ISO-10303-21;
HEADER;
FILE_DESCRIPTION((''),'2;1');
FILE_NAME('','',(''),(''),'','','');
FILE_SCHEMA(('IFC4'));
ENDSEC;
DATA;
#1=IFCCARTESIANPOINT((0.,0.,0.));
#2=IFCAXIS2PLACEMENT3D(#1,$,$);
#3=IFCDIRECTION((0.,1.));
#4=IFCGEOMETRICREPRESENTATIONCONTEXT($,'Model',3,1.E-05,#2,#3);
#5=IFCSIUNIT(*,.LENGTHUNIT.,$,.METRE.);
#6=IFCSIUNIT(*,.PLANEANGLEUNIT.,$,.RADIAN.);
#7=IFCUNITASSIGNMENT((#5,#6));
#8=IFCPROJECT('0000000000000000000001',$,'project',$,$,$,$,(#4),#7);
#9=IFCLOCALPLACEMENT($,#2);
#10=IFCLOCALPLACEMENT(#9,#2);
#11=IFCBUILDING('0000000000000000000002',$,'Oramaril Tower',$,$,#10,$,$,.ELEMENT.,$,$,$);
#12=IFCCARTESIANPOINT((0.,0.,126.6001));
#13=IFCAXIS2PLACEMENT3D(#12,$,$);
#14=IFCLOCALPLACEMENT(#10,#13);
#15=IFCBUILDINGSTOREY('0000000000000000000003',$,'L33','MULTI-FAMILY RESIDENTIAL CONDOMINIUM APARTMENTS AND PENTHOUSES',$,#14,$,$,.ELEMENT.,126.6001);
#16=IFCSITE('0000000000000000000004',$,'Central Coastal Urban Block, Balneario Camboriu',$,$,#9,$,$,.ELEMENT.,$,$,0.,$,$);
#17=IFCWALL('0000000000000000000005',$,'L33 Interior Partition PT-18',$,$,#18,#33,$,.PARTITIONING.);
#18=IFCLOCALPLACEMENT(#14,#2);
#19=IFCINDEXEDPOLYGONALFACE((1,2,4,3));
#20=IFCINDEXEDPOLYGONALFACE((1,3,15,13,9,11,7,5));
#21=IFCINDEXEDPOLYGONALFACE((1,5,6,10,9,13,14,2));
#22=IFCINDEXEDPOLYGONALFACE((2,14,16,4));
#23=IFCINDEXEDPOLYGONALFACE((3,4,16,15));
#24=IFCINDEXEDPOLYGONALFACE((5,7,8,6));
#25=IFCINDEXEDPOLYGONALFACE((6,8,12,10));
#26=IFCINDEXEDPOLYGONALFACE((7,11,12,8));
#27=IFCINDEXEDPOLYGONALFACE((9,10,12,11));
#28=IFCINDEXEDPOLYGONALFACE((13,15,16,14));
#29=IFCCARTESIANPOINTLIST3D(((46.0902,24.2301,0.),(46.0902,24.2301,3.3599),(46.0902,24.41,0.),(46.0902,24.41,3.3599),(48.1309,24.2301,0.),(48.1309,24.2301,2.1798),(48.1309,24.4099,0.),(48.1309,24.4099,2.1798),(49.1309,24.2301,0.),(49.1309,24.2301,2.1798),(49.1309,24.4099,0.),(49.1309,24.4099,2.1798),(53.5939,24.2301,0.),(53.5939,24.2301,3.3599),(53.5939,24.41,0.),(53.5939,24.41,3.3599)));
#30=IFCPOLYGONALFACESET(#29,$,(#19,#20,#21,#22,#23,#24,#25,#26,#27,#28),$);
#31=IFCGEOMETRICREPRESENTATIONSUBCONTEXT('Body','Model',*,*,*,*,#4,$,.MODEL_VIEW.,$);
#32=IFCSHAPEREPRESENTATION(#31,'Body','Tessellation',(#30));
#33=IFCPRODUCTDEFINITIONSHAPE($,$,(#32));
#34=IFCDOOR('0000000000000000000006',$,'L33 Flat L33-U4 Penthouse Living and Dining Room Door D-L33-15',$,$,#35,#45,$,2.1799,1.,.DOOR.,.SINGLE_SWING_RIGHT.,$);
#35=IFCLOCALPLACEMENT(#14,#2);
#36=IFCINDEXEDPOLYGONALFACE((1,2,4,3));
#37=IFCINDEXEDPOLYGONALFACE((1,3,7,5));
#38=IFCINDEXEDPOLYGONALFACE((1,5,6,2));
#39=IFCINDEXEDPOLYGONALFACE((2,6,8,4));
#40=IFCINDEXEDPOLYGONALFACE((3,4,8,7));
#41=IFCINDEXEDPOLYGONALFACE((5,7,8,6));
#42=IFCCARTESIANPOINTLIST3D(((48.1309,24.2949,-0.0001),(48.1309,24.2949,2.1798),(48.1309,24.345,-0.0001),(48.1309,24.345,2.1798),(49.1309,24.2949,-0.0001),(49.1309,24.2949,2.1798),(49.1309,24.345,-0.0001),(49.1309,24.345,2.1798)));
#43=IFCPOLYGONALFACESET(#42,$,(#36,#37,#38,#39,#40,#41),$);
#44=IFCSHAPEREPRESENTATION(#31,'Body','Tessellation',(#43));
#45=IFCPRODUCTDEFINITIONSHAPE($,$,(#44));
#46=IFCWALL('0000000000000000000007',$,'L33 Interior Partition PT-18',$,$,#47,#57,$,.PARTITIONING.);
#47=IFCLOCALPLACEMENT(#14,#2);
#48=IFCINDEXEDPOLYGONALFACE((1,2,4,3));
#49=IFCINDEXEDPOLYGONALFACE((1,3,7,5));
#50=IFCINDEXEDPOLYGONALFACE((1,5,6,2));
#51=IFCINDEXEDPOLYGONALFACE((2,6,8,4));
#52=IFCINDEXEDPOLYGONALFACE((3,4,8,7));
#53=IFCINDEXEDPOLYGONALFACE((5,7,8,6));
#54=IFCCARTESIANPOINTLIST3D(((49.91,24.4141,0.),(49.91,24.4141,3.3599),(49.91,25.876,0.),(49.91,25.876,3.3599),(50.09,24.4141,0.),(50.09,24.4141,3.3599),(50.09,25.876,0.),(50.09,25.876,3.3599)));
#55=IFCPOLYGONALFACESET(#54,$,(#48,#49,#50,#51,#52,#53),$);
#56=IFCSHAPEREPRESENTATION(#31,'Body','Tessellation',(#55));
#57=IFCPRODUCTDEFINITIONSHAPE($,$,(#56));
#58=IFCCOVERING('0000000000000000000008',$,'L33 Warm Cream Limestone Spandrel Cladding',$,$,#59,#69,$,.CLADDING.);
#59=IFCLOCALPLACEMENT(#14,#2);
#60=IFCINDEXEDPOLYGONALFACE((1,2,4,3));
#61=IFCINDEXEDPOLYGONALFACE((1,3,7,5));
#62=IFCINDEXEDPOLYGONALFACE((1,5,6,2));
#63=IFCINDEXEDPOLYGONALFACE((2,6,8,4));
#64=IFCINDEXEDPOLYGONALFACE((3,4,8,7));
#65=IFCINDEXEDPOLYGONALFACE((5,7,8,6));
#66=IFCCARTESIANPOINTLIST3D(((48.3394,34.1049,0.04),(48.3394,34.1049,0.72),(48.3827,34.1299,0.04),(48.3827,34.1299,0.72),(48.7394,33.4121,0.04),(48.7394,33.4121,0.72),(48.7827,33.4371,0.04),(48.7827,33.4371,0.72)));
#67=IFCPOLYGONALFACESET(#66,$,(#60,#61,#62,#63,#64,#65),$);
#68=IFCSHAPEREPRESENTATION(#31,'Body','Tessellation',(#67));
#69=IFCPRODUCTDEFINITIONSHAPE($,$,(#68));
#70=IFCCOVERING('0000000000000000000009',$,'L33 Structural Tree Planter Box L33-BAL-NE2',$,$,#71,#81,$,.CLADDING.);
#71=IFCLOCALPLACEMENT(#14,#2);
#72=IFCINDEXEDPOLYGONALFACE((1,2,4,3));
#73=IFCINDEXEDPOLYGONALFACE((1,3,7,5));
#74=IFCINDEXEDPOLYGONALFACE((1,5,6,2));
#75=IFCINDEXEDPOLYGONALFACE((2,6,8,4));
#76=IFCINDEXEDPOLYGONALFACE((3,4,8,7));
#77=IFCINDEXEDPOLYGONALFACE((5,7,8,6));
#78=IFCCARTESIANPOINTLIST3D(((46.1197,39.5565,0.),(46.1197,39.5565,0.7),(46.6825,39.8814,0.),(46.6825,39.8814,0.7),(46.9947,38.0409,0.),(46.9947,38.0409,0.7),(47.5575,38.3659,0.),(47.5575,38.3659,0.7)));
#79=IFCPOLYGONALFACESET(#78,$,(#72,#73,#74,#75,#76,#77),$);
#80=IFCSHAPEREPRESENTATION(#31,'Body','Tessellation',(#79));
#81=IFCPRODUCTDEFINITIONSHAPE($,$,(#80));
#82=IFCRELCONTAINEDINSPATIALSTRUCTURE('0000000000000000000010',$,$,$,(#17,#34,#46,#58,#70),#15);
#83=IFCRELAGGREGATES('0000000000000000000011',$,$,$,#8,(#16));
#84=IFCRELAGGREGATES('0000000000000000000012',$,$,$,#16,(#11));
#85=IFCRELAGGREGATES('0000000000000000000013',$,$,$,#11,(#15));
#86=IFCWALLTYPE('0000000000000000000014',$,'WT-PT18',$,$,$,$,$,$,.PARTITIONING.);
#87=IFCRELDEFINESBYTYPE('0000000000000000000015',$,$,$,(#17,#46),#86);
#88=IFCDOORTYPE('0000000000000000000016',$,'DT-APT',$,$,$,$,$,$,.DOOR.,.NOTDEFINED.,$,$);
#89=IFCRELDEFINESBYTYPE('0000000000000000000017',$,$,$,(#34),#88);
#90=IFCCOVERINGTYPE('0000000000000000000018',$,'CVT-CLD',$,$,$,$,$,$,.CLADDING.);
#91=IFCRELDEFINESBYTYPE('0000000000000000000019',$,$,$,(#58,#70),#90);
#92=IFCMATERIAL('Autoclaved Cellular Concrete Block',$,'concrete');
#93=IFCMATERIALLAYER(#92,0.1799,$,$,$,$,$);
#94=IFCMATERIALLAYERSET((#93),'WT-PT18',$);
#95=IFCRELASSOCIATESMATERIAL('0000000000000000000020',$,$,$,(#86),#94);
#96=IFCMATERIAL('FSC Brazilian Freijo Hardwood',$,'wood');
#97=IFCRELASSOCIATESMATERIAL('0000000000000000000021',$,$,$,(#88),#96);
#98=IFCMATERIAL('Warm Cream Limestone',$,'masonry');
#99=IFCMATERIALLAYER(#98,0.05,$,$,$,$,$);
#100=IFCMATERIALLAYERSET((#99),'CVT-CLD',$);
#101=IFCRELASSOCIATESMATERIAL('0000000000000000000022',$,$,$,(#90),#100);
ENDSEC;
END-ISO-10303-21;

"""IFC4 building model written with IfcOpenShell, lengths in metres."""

from ifc_helpers import new_model, si_unit, direction, frame, frame_2d, origin, origin_2d, place, context, subcontext, project, spatial, rectangle, extrude, material, layer, layer_set, type_object, element, fill, save


model = new_model("IFC4")

# Units and contexts
model_context = context("Model", 3, precision=1e-05, world=origin(), true_north=direction((0.0, 1.0)))
body_context = subcontext(model_context, "Body", "Model", "MODEL_VIEW")
ifc_project = project(units=[si_unit("LENGTHUNIT", "METRE"), si_unit("PLANEANGLEUNIT", "RADIAN")], contexts=[model_context])

# Site, building, storey
site_placement = place(None, origin())
site = spatial("IfcSite", under=ifc_project, at=site_placement, Name="Central Coastal Urban Block, Balneario Camboriu", CompositionType="ELEMENT", RefElevation=0.0)
building_placement = place(site_placement, origin())
building = spatial("IfcBuilding", under=site, at=building_placement, Name="Oramaril Tower", CompositionType="ELEMENT")
storey_placement = place(building_placement, frame((0.0, 0.0, 126.6001)))
storey = spatial("IfcBuildingStorey", under=building, at=storey_placement, Name="L33", Description="MULTI-FAMILY RESIDENTIAL CONDOMINIUM APARTMENTS AND PENTHOUSES", CompositionType="ELEMENT", Elevation=126.6001)

# Wall, opening, door
ifc_material_1 = material(Name="Autoclaved Cellular Concrete Block", Category="concrete")
ifc_layer_1 = layer(ifc_material_1, 0.1799)
ifc_layer_set_1 = layer_set([ifc_layer_1], Name="WT-PT18")
wall_type_1 = type_object("IfcWallType", Name="WT-PT18", PredefinedType="PARTITIONING", material=ifc_layer_set_1)
wall_1_placement = place(storey_placement, frame((46.0901, 24.3201, 0.0), z_axis=(0.0, 0.0, 1.0), x_axis=(1.0, 0.0, 0.0)))
wall_1 = element("IfcWall", 1, at=wall_1_placement, inside=storey, type_object=wall_type_1, Name="L33 Interior Partition PT-18", PredefinedType="PARTITIONING", context=body_context, shape_type="SweptSolid", body=[
    extrude(rectangle(XDim=7.5037, YDim=0.1799, at=frame_2d((3.752, 0.0))), origin(), (0.0, 0.0, 1.0), 3.3599),
])
opening_1_placement = place(wall_1_placement, frame((2.0408, 0.0, 0.0)))
opening_1 = element("IfcOpeningElement", 2, at=opening_1_placement, cuts=wall_1, PredefinedType="OPENING", context=body_context, shape_type="SweptSolid", body=[
    extrude(rectangle(XDim=1.0, YDim=2.1799, at=frame_2d((0.5, 1.0898))), frame((0.0, 0.0898, 0.0), z_axis=(0.0, -1.0, 0.0), x_axis=(1.0, 0.0, 0.0)), (0.0, 0.0, 1.0), 0.1799),
])
ifc_material_2 = material(Name="FSC Brazilian Freijo Hardwood", Category="wood")
door_type_1 = type_object("IfcDoorType", Name="DT-APT", OperationType="NOTDEFINED", PredefinedType="DOOR", material=ifc_material_2)
door_1_placement = place(opening_1_placement, origin())
door_1 = element("IfcDoor", 3, at=door_1_placement, inside=storey, type_object=door_type_1, Name="L33 Flat L33-U4 Penthouse Living and Dining Room Door D-L33-15", OperationType="SINGLE_SWING_RIGHT", OverallHeight=2.1799, OverallWidth=1.0, PredefinedType="DOOR", context=body_context, shape_type="SweptSolid", body=[
    extrude(rectangle(XDim=1.0, YDim=2.1799, at=frame_2d((0.5, 1.0898))), frame((0.0, 0.0249, 0.0), z_axis=(0.0, -1.0, 0.0), x_axis=(1.0, 0.0, 0.0)), (0.0, 0.0, 1.0), 0.05),
])
fill(opening_1, door_1)

# Wall
wall_2_placement = place(storey_placement, frame((50.0, 24.4141, 0.0), z_axis=(0.0, 0.0, 1.0), x_axis=(0.0, 1.0, 0.0)))
element("IfcWall", 4, at=wall_2_placement, inside=storey, type_object=wall_type_1, Name="L33 Interior Partition PT-18", PredefinedType="PARTITIONING", context=body_context, shape_type="SweptSolid", body=[
    extrude(rectangle(XDim=1.4619, YDim=0.1799, at=frame_2d((0.731, 0.0))), origin(), (0.0, 0.0, 1.0), 3.3599),
])

# Coverings
ifc_material_3 = material(Name="Warm Cream Limestone", Category="masonry")
ifc_layer_2 = layer(ifc_material_3, 0.05)
ifc_layer_set_2 = layer_set([ifc_layer_2], Name="CVT-CLD")
covering_type = type_object("IfcCoveringType", Name="CVT-CLD", PredefinedType="CLADDING", material=ifc_layer_set_2)
covering_1_placement = place(storey_placement, frame((48.561, 33.771, 0.04), z_axis=(0.0, 0.0, 1.0), x_axis=(-0.499998, 0.866026, 0.0)))
element("IfcCovering", 5, at=covering_1_placement, inside=storey, type_object=covering_type, Name="L33 Warm Cream Limestone Spandrel Cladding", PredefinedType="CLADDING", context=body_context, shape_type="SweptSolid", body=[
    extrude(rectangle(XDim=0.8, YDim=0.05, at=origin_2d()), origin(), (0.0, 0.0, 1.0), 0.6799),
])
covering_2_placement = place(storey_placement, frame((46.8386, 38.9612, 0.0), z_axis=(0.0, 0.0, 1.0), x_axis=(-0.499998, 0.866026, 0.0)))
element("IfcCovering", 6, at=covering_2_placement, inside=storey, type_object=covering_type, Name="L33 Structural Tree Planter Box L33-BAL-NE2", PredefinedType="CLADDING", context=body_context, shape_type="SweptSolid", body=[
    extrude(rectangle(XDim=1.75, YDim=0.6499, at=origin_2d()), origin(), (0.0, 0.0, 1.0), 0.7),
])

save(model, "model.ifc")
